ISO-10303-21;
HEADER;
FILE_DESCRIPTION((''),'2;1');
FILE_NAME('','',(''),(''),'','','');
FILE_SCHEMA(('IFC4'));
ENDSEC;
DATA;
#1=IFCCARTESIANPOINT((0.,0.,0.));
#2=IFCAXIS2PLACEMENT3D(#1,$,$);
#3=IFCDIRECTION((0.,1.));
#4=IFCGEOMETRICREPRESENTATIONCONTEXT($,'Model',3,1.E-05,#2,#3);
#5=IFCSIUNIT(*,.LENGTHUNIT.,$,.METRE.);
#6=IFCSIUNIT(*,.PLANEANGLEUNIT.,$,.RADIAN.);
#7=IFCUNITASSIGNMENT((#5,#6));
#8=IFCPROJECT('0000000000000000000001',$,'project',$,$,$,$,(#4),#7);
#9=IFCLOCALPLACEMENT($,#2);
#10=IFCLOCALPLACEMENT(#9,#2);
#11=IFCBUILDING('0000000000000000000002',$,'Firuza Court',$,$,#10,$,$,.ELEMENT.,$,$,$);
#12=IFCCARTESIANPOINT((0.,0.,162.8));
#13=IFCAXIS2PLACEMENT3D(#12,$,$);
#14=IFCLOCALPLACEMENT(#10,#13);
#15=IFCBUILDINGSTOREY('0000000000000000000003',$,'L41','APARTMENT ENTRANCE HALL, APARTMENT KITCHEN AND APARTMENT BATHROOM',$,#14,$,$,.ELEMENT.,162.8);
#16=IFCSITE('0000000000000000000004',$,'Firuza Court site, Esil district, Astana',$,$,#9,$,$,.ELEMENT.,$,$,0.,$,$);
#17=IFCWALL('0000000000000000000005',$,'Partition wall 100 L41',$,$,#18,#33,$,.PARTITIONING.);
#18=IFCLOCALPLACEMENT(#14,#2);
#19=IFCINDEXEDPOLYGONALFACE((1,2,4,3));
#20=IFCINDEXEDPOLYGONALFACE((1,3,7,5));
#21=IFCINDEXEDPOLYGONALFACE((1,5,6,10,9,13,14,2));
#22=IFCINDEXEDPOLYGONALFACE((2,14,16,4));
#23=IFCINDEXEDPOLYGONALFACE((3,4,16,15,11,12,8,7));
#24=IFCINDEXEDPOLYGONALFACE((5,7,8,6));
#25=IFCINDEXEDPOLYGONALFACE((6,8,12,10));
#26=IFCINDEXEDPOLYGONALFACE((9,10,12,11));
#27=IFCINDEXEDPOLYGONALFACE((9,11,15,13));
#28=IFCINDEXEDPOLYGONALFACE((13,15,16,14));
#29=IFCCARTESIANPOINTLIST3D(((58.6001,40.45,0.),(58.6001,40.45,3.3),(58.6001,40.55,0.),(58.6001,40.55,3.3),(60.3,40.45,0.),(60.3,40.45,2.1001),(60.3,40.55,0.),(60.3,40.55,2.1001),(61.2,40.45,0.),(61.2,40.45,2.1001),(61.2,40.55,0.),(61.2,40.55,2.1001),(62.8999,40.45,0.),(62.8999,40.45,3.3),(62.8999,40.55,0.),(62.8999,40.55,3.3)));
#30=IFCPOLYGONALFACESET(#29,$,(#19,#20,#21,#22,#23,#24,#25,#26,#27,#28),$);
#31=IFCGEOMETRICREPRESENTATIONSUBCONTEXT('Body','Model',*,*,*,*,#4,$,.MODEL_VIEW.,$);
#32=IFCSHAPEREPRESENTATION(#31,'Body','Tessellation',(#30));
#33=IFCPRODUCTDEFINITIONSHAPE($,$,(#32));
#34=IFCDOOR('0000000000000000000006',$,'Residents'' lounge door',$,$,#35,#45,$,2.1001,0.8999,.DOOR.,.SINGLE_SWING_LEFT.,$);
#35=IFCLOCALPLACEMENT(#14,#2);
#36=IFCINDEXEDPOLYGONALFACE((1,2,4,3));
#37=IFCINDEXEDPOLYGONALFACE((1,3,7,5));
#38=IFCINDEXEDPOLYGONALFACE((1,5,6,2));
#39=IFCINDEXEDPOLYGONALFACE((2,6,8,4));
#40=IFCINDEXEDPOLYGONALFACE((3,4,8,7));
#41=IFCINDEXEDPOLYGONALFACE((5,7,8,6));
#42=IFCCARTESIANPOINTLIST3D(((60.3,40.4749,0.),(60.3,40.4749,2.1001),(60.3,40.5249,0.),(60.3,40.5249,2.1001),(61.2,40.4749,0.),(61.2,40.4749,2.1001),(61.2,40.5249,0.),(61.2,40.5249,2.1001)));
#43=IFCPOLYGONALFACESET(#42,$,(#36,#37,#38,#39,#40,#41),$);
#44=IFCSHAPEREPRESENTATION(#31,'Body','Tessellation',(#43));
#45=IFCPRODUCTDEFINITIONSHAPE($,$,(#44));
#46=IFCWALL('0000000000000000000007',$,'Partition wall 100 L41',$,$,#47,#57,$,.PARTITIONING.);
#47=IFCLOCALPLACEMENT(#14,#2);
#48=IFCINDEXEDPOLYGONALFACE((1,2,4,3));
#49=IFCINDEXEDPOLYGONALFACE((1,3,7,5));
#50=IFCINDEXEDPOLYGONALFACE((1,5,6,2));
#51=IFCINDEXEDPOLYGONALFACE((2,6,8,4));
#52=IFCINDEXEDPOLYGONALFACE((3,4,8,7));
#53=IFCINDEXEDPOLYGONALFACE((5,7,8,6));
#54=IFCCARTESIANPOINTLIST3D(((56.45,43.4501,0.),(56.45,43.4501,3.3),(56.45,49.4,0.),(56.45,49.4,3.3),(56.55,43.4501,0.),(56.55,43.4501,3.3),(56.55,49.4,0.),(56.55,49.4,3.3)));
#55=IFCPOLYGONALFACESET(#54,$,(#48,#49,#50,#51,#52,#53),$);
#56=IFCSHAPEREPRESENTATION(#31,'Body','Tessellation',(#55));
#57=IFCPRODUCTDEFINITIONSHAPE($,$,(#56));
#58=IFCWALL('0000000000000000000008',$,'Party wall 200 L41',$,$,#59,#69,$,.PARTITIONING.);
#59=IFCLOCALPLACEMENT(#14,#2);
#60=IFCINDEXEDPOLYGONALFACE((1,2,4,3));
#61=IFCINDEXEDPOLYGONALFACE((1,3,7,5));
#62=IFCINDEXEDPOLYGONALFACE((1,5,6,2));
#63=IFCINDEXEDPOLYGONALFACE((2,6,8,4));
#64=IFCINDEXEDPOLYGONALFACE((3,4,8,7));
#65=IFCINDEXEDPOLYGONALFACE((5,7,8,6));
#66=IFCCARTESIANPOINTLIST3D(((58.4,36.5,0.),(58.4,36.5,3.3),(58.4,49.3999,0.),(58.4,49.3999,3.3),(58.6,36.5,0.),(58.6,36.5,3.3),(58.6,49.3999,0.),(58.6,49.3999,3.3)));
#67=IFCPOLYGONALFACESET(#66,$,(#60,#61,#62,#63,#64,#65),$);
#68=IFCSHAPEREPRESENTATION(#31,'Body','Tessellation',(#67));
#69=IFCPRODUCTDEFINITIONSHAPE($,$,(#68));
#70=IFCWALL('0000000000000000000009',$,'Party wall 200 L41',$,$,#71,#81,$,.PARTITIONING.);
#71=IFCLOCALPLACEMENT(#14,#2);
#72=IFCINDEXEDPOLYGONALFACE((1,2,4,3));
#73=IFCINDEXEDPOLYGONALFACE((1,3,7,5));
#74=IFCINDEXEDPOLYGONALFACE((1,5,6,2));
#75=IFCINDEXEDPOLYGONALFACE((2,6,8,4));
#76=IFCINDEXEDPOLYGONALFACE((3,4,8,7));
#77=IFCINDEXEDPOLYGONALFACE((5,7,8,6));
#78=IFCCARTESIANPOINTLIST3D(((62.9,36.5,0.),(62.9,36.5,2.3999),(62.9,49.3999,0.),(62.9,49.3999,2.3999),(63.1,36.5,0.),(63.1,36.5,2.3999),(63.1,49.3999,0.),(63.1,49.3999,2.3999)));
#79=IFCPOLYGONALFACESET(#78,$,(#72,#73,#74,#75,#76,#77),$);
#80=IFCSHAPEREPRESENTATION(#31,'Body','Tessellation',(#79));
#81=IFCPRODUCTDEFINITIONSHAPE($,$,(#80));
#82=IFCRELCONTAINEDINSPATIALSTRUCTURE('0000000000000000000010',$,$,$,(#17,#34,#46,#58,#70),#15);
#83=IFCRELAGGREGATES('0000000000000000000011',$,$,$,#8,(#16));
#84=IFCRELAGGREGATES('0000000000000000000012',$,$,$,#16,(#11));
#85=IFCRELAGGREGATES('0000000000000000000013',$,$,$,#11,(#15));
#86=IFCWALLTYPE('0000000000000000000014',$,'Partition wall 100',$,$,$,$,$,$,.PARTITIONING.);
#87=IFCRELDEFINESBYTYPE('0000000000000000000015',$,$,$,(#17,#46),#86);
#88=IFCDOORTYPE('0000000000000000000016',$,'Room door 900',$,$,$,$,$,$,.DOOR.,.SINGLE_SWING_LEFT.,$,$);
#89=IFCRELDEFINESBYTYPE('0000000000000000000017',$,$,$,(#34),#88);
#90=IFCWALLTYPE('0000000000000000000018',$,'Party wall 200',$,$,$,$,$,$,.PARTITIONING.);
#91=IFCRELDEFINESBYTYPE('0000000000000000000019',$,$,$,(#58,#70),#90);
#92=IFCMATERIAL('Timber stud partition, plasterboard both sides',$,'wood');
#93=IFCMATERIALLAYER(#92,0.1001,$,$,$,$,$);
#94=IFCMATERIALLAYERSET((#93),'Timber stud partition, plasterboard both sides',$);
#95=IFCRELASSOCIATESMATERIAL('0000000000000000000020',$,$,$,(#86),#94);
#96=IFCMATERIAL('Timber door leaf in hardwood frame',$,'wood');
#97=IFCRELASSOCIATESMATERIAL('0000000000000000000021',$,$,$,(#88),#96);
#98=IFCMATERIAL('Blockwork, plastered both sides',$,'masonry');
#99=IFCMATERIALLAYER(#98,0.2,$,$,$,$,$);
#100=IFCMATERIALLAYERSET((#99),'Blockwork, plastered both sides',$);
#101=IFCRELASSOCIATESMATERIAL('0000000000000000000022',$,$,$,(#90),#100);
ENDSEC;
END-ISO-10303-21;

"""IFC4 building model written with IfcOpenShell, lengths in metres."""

from ifc_helpers import new_model, si_unit, direction, frame, frame_2d, origin, place, context, subcontext, project, spatial, rectangle, extrude, material, layer, layer_set, type_object, element, fill, save


model = new_model("IFC4")

# Units and contexts
model_context = context("Model", 3, precision=1e-05, world=origin(), true_north=direction((0.0, 1.0)))
body_context = subcontext(model_context, "Body", "Model", "MODEL_VIEW")
ifc_project = project(units=[si_unit("LENGTHUNIT", "METRE"), si_unit("PLANEANGLEUNIT", "RADIAN")], contexts=[model_context])

# Site, building, storey
site_placement = place(None, origin())
site = spatial("IfcSite", under=ifc_project, at=site_placement, Name="Firuza Court site, Esil district, Astana", CompositionType="ELEMENT", RefElevation=0.0)
building_placement = place(site_placement, origin())
building = spatial("IfcBuilding", under=site, at=building_placement, Name="Firuza Court", CompositionType="ELEMENT")
storey_placement = place(building_placement, frame((0.0, 0.0, 162.8)))
storey = spatial("IfcBuildingStorey", under=building, at=storey_placement, Name="L41", Description="APARTMENT ENTRANCE HALL, APARTMENT KITCHEN AND APARTMENT BATHROOM", CompositionType="ELEMENT", Elevation=162.8)

# Shared definitions
ifc_material_1 = material(Name="Blockwork, plastered both sides", Category="masonry")

# Shared definitions
ifc_material_2 = material(Name="Timber stud partition, plasterboard both sides", Category="wood")
ifc_layer_1 = layer(ifc_material_2, 0.1001)
ifc_layer_set_1 = layer_set([ifc_layer_1], Name="Timber stud partition, plasterboard both sides")
wall_type_1 = type_object("IfcWallType", Name="Partition wall 100", PredefinedType="PARTITIONING", material=ifc_layer_set_1)

# Wall, opening, door
wall_1_placement = place(storey_placement, frame((58.6001, 40.5, 0.0), z_axis=(0.0, 0.0, 1.0), x_axis=(1.0, 0.0, 0.0)))
wall_1 = element("IfcWall", 1, at=wall_1_placement, inside=storey, type_object=wall_type_1, Name="Partition wall 100 L41", PredefinedType="PARTITIONING", context=body_context, shape_type="SweptSolid", body=[
    extrude(rectangle(XDim=4.2998, YDim=0.1001, at=frame_2d((2.1499, 0.0))), origin(), (0.0, 0.0, 1.0), 3.3),
])
opening_1_placement = place(wall_1_placement, frame((1.7, 0.0, 0.0)))
opening_1 = element("IfcOpeningElement", 2, at=opening_1_placement, cuts=wall_1, PredefinedType="OPENING", context=body_context, shape_type="SweptSolid", body=[
    extrude(rectangle(XDim=0.8999, YDim=2.1001, at=frame_2d((0.45, 1.05))), frame((0.0, 0.062, 0.0), z_axis=(0.0, -1.0, 0.0), x_axis=(1.0, 0.0, 0.0)), (0.0, 0.0, 1.0), 0.124),
])
ifc_material_3 = material(Name="Timber door leaf in hardwood frame", Category="wood")
door_type_1 = type_object("IfcDoorType", Name="Room door 900", OperationType="SINGLE_SWING_LEFT", PredefinedType="DOOR", material=ifc_material_3)
door_1_placement = place(opening_1_placement, origin())
door_1 = element("IfcDoor", 3, at=door_1_placement, inside=storey, type_object=door_type_1, Name="Residents' lounge door", OperationType="SINGLE_SWING_LEFT", OverallHeight=2.1001, OverallWidth=0.8999, PredefinedType="DOOR", context=body_context, shape_type="SweptSolid", body=[
    extrude(rectangle(XDim=0.8999, YDim=2.1001, at=frame_2d((0.45, 1.05))), frame((0.0, 0.0249, 0.0), z_axis=(0.0, -1.0, 0.0), x_axis=(1.0, 0.0, 0.0)), (0.0, 0.0, 1.0), 0.05),
])
fill(opening_1, door_1)

# Walls
wall_2_placement = place(storey_placement, frame((56.5, 43.45, 0.0), z_axis=(0.0, 0.0, 1.0), x_axis=(0.0, 1.0, 0.0)))
element("IfcWall", 4, at=wall_2_placement, inside=storey, type_object=wall_type_1, Name="Partition wall 100 L41", PredefinedType="PARTITIONING", context=body_context, shape_type="SweptSolid", body=[
    extrude(rectangle(XDim=5.95, YDim=0.1001, at=frame_2d((2.9751, 0.0))), origin(), (0.0, 0.0, 1.0), 3.3),
])
ifc_layer_2 = layer(ifc_material_1, 0.2)
ifc_layer_set_2 = layer_set([ifc_layer_2], Name="Blockwork, plastered both sides")
wall_type_2 = type_object("IfcWallType", Name="Party wall 200", PredefinedType="PARTITIONING", material=ifc_layer_set_2)
wall_3_placement = place(storey_placement, frame((58.5, 36.5, 0.0), z_axis=(0.0, 0.0, 1.0), x_axis=(0.0, 1.0, 0.0)))
element("IfcWall", 5, at=wall_3_placement, inside=storey, type_object=wall_type_2, Name="Party wall 200 L41", PredefinedType="PARTITIONING", context=body_context, shape_type="SweptSolid", body=[
    extrude(rectangle(XDim=12.8999, YDim=0.2, at=frame_2d((6.45, 0.0))), origin(), (0.0, 0.0, 1.0), 3.3),
])
wall_4_placement = place(storey_placement, frame((63.0, 36.5, 0.0), z_axis=(0.0, 0.0, 1.0), x_axis=(0.0, 1.0, 0.0)))
element("IfcWall", 6, at=wall_4_placement, inside=storey, type_object=wall_type_2, Name="Party wall 200 L41", PredefinedType="PARTITIONING", context=body_context, shape_type="SweptSolid", body=[
    extrude(rectangle(XDim=12.8999, YDim=0.2, at=frame_2d((6.45, 0.0))), origin(), (0.0, 0.0, 1.0), 2.3999),
])

save(model, "model.ifc")
